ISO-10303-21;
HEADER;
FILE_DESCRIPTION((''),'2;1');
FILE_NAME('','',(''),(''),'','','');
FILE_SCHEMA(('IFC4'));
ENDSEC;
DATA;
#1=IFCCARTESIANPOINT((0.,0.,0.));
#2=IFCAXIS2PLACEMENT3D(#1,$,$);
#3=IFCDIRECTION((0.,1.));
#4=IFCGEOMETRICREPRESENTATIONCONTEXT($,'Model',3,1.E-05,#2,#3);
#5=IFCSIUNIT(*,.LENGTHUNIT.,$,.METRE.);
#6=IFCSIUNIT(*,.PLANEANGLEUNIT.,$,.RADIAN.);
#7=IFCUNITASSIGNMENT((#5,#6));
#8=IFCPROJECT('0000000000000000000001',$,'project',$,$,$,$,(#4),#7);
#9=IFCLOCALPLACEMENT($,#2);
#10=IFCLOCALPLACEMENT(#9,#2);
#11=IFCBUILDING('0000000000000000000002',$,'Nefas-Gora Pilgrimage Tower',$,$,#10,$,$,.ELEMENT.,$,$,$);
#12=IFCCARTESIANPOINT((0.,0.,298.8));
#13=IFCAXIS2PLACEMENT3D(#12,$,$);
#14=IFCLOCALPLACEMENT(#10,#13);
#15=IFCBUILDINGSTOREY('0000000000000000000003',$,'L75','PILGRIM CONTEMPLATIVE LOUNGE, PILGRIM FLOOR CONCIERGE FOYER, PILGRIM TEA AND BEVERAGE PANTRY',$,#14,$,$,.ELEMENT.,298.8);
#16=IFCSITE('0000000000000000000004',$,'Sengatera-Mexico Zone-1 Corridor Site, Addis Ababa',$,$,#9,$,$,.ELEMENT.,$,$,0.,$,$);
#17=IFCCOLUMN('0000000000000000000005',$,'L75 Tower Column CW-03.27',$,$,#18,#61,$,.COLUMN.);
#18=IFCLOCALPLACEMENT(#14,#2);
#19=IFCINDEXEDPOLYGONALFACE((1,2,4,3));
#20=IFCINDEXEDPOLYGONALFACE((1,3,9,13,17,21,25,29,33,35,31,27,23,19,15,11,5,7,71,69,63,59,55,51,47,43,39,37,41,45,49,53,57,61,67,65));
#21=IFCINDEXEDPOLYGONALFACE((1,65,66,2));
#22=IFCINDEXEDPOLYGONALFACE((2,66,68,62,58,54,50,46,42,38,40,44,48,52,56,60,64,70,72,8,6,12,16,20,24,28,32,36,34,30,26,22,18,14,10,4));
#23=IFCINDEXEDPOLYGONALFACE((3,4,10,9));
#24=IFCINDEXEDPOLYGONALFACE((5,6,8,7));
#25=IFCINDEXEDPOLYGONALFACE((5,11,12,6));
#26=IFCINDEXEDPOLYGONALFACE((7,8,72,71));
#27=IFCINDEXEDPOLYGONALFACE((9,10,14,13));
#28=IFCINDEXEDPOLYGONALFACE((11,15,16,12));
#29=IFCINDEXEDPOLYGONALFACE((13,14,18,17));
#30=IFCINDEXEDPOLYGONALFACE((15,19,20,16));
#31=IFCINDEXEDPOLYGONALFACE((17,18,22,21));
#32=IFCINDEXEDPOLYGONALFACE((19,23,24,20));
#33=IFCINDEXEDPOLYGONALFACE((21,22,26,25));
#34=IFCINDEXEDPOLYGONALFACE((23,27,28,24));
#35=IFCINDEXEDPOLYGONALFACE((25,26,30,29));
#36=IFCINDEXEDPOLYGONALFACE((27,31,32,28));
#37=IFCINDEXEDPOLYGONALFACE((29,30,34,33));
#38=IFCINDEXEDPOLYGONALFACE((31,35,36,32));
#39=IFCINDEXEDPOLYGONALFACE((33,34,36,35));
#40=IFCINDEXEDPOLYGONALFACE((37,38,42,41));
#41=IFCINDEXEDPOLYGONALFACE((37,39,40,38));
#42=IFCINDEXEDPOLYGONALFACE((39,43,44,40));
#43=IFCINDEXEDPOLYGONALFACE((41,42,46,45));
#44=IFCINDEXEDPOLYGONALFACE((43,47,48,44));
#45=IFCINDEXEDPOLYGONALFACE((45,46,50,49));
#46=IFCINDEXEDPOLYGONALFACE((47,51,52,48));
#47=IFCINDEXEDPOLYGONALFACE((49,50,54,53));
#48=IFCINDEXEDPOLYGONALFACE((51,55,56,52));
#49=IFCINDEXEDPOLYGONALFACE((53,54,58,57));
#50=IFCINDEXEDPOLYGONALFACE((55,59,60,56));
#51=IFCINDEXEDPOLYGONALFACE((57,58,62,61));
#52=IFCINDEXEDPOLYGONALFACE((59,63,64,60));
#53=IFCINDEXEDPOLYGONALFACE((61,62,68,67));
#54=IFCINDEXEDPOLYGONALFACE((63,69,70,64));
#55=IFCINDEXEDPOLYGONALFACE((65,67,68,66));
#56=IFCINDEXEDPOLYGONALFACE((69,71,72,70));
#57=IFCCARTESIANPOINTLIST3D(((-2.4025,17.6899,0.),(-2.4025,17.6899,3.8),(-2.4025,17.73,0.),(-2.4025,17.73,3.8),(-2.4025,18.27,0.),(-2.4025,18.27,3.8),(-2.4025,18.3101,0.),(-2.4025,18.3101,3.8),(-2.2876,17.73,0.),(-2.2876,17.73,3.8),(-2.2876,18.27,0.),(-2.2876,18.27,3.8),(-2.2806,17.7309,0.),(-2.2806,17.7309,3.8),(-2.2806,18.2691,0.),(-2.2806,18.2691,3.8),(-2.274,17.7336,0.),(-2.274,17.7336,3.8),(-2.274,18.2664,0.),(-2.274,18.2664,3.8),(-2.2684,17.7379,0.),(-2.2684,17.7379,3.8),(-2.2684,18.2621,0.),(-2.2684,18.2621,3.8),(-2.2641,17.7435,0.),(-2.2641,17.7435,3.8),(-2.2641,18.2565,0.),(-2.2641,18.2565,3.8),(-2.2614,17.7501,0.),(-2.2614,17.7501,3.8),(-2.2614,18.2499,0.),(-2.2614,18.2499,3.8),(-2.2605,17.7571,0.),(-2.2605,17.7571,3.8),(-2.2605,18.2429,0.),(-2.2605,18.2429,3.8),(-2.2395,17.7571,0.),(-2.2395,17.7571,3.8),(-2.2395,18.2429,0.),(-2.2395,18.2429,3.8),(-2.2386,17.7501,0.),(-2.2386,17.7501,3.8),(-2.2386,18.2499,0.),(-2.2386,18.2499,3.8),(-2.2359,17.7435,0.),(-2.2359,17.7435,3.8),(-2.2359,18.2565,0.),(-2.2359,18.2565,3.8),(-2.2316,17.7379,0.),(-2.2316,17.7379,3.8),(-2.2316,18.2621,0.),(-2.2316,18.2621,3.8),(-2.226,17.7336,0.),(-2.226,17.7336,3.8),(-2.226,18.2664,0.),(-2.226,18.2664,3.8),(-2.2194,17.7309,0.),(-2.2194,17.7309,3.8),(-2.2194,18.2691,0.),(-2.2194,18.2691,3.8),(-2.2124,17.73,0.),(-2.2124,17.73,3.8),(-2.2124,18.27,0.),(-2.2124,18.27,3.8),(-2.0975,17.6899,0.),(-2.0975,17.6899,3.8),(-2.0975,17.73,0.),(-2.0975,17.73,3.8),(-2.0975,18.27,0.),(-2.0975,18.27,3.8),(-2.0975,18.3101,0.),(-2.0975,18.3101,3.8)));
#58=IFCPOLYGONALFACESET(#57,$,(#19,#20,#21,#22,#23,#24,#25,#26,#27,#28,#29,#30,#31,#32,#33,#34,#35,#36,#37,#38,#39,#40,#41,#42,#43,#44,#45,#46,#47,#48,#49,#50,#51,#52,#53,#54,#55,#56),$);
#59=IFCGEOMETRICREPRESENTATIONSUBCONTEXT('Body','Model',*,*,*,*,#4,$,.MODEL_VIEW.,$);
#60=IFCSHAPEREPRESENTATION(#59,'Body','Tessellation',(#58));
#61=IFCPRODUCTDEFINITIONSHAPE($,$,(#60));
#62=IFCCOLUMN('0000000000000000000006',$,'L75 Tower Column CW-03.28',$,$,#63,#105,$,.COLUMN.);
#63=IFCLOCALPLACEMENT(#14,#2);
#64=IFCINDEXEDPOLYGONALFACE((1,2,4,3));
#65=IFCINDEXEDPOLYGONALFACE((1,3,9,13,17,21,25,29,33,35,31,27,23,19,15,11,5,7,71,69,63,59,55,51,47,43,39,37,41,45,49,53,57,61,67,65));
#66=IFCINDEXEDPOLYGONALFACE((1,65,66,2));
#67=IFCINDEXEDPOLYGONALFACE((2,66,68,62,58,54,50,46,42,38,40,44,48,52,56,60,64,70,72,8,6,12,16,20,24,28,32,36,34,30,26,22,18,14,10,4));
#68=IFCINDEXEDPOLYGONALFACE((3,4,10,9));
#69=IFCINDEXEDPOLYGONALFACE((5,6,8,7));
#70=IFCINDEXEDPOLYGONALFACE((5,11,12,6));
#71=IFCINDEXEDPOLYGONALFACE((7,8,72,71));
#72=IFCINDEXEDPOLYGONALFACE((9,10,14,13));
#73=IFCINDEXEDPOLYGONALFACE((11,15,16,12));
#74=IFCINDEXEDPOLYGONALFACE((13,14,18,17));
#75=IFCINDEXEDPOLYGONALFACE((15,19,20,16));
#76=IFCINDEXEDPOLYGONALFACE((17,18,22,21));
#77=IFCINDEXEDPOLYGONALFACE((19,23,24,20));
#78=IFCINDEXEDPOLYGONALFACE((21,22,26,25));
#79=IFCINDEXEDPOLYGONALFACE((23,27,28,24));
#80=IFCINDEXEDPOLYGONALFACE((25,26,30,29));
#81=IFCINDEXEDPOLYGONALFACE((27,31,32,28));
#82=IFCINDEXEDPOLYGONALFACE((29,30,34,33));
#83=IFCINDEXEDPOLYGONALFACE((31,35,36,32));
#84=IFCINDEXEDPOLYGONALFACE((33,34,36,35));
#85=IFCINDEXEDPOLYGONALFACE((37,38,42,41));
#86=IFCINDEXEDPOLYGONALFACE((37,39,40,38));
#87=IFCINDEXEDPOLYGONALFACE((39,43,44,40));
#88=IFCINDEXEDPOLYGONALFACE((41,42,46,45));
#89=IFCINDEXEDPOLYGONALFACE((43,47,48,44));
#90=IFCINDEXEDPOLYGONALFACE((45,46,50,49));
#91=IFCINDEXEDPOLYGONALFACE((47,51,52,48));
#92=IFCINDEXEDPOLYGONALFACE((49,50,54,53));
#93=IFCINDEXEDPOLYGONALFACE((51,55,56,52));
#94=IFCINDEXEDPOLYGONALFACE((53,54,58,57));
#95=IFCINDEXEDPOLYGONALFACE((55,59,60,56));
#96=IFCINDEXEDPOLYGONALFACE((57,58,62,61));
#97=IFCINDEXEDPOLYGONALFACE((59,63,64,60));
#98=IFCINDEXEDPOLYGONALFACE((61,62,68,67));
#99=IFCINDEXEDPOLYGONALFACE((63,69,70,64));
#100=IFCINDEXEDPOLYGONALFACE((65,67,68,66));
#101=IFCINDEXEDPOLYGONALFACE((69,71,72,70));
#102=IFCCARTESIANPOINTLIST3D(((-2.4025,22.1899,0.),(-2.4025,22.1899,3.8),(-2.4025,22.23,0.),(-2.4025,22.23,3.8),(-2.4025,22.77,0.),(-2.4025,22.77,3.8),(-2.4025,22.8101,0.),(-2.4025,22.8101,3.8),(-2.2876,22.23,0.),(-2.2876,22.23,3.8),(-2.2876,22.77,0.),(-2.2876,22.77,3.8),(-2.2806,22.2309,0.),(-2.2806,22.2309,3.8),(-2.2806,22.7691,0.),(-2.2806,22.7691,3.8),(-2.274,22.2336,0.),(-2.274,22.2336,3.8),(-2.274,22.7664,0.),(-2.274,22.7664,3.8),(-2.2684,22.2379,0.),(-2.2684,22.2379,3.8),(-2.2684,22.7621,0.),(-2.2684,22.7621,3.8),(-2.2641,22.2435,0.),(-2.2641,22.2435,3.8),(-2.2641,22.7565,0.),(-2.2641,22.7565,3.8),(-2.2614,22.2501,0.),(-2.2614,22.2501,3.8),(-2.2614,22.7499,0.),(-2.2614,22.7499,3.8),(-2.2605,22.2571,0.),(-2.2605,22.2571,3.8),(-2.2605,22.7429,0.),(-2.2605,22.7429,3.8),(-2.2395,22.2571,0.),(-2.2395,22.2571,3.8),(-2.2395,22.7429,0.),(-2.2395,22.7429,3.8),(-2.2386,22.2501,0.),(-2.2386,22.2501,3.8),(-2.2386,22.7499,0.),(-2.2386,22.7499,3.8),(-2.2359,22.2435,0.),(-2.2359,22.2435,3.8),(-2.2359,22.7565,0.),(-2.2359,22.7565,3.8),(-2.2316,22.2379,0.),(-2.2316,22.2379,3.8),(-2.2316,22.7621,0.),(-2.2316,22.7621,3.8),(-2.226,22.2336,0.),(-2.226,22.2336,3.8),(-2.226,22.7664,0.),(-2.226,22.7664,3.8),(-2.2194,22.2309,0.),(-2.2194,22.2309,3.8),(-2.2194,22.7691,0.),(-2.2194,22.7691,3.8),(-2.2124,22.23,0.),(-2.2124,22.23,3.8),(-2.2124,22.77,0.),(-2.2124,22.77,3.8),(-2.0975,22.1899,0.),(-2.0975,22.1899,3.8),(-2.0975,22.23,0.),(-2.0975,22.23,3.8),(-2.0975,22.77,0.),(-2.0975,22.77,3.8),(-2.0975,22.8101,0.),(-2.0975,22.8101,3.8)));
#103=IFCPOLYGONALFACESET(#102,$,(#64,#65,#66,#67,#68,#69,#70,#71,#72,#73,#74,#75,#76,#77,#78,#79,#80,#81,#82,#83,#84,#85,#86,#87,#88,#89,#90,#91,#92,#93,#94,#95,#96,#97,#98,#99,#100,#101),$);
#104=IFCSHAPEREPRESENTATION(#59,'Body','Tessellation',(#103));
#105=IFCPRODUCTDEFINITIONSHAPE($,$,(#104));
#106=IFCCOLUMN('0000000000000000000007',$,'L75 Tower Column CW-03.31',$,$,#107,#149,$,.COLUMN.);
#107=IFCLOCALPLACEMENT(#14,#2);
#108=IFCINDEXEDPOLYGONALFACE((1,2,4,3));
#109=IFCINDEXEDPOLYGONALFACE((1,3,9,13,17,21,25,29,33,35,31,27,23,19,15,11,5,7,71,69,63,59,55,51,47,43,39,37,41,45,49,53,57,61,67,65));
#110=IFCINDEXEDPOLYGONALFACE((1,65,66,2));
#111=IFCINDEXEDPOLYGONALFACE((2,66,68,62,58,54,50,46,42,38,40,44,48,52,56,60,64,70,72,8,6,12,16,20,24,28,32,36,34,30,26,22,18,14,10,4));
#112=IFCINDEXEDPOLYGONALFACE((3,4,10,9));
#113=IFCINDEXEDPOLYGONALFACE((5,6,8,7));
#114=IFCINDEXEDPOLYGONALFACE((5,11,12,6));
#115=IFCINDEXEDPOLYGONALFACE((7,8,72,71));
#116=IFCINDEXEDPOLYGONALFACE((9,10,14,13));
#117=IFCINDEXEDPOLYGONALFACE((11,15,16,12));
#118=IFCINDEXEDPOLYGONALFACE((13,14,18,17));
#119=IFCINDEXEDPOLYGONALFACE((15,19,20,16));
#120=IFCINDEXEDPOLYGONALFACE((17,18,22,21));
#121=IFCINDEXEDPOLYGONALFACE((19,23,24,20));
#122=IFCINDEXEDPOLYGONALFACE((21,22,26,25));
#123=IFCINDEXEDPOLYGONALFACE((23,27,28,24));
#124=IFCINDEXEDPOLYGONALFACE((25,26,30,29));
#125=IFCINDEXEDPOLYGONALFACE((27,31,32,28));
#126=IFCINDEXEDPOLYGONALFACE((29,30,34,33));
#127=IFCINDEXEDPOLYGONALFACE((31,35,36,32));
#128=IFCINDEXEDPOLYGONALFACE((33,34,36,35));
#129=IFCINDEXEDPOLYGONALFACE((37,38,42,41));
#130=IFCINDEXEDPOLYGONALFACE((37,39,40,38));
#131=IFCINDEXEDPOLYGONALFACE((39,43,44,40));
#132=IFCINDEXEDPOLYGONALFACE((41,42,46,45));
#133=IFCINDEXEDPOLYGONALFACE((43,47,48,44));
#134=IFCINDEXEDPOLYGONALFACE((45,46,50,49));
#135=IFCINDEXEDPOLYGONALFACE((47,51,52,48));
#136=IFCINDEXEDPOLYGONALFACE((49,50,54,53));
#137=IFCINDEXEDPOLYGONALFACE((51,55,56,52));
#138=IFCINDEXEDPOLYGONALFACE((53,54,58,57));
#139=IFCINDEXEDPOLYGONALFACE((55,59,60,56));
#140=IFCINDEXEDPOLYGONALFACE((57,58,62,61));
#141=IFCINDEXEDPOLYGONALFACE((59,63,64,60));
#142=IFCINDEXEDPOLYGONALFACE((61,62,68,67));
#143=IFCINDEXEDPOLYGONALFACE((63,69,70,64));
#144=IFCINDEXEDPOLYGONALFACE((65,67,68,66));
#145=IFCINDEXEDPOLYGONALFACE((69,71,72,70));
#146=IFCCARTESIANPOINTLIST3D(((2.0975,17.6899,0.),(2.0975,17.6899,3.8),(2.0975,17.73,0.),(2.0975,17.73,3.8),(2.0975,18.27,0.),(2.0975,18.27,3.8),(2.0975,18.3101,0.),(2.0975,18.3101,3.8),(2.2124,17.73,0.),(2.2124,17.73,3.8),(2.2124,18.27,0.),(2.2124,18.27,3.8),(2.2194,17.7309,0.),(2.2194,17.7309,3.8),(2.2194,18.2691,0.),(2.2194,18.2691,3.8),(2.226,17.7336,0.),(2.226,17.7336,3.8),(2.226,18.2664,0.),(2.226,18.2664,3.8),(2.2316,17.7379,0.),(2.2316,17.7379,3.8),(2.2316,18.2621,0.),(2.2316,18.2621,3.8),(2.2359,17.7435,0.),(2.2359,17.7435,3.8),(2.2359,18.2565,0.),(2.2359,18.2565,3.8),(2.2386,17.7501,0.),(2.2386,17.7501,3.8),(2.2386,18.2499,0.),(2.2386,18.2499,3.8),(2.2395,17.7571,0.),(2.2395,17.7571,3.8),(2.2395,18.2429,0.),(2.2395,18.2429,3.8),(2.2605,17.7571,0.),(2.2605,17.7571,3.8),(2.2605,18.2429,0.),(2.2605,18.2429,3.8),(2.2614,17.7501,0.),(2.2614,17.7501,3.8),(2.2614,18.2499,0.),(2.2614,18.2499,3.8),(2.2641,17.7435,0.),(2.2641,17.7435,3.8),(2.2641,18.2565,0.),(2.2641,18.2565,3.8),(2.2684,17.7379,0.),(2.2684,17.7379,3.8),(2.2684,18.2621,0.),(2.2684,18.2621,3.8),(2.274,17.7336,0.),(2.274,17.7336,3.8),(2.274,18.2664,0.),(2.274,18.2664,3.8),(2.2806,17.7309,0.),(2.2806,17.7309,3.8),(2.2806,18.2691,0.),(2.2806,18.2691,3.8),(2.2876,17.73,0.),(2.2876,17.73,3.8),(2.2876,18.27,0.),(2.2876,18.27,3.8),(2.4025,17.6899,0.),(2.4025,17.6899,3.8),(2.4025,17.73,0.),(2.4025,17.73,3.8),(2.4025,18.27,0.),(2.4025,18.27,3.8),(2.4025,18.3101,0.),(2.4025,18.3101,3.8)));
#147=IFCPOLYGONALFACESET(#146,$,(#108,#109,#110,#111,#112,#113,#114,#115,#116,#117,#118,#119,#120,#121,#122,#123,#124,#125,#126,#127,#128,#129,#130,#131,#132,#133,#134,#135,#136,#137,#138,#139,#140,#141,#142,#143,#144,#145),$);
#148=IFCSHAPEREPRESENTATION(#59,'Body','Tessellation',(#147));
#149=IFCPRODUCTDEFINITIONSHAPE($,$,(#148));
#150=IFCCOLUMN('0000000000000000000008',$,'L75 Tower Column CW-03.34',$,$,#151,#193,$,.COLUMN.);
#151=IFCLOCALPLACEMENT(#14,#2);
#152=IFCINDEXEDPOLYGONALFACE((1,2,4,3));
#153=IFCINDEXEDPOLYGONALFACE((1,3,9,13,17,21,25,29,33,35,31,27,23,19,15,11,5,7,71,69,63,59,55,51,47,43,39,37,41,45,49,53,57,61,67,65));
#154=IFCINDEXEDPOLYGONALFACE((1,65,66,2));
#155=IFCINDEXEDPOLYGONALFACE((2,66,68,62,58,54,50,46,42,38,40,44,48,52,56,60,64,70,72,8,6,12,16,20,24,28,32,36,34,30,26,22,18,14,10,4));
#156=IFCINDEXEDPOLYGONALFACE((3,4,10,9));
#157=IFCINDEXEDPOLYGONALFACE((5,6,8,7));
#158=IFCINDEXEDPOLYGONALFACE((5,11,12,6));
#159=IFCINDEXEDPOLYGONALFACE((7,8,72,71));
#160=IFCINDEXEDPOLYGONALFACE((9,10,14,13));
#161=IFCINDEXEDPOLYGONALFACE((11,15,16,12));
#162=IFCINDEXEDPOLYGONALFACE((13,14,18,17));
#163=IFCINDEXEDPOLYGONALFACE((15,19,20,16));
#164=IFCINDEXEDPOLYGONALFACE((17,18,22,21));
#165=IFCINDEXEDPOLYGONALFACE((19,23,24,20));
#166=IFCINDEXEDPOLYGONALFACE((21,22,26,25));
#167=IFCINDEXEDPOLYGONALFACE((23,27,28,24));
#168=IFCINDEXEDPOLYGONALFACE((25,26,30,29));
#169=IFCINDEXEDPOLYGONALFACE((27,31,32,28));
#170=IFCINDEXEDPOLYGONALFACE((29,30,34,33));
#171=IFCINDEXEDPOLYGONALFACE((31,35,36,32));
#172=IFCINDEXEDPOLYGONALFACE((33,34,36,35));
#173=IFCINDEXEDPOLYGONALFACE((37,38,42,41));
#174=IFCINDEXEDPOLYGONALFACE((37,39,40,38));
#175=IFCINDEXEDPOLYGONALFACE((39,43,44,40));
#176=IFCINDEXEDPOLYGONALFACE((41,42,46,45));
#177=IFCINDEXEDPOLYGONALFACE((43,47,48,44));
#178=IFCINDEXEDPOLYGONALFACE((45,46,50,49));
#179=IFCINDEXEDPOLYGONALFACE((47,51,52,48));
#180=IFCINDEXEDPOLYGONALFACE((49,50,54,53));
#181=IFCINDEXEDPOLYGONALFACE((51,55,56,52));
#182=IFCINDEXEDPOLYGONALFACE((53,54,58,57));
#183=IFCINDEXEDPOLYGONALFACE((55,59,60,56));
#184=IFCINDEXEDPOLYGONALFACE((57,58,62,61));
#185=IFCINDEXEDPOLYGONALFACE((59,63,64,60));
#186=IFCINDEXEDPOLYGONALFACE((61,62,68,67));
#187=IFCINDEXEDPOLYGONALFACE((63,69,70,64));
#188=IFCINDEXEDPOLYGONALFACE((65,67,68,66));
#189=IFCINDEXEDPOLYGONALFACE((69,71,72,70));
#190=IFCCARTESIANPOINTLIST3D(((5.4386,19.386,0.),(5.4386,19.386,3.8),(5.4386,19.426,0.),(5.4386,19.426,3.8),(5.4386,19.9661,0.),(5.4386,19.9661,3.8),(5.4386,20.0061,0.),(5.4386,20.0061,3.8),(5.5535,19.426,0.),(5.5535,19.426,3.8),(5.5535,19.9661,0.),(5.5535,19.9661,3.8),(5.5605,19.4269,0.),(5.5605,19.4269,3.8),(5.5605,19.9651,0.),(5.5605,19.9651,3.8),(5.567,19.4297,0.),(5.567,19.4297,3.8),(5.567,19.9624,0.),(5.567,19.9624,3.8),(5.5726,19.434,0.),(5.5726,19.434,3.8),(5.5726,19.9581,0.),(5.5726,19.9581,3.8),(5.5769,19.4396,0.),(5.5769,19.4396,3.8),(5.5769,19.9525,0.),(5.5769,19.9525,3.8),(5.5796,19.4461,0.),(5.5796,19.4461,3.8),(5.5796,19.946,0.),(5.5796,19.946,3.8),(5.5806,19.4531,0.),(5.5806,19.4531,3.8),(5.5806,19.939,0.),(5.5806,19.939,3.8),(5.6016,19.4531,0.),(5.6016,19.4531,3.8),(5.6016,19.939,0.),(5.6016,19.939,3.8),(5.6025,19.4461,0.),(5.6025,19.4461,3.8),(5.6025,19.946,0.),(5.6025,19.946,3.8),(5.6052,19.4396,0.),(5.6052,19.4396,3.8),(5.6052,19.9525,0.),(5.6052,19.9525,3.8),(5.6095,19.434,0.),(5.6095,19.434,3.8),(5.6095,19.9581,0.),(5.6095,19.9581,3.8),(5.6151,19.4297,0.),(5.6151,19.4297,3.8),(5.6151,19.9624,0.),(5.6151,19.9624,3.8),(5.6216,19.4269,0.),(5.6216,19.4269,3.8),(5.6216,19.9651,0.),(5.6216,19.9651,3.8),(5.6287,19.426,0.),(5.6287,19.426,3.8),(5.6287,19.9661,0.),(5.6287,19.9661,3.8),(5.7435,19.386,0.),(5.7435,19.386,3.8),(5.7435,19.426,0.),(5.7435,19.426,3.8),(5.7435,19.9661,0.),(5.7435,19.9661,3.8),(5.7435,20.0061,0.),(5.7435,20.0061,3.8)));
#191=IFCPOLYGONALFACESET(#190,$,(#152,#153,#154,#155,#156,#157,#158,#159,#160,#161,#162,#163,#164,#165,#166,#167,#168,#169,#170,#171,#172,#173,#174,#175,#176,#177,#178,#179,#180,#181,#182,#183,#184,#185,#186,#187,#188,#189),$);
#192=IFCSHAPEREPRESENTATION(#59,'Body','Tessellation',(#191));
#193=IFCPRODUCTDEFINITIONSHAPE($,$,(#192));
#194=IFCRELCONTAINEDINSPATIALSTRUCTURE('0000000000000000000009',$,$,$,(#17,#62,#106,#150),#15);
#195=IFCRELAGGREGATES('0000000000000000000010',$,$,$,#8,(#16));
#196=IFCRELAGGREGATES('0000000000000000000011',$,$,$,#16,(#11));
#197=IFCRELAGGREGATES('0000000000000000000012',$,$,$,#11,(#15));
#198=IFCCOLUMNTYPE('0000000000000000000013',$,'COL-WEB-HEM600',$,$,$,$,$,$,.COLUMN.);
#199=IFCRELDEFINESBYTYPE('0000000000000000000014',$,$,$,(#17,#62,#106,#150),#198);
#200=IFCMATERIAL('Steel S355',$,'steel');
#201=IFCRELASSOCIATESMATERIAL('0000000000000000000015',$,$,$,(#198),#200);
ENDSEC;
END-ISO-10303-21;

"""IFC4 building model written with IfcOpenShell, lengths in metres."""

from ifc_helpers import new_model, si_unit, direction, frame, origin, origin_2d, place, context, subcontext, project, spatial, i_section, extrude, source, transform, mapped, material, material_profile, profile_set, type_object, element, save


model = new_model("IFC4")

# Units and contexts
model_context = context("Model", 3, precision=1e-05, world=origin(), true_north=direction((0.0, 1.0)))
body_context = subcontext(model_context, "Body", "Model", "MODEL_VIEW")
ifc_project = project(units=[si_unit("LENGTHUNIT", "METRE"), si_unit("PLANEANGLEUNIT", "RADIAN")], contexts=[model_context])

# Site, building, storey
site_placement = place(None, origin())
site = spatial("IfcSite", under=ifc_project, at=site_placement, Name="Sengatera-Mexico Zone-1 Corridor Site, Addis Ababa", CompositionType="ELEMENT", RefElevation=0.0)
building_placement = place(site_placement, origin())
building = spatial("IfcBuilding", under=site, at=building_placement, Name="Nefas-Gora Pilgrimage Tower", CompositionType="ELEMENT")
storey_placement = place(building_placement, frame((0.0, 0.0, 298.8)))
storey = spatial("IfcBuildingStorey", under=building, at=storey_placement, Name="L75", Description="PILGRIM CONTEMPLATIVE LOUNGE, PILGRIM FLOOR CONCIERGE FOYER, PILGRIM TEA AND BEVERAGE PANTRY", CompositionType="ELEMENT", Elevation=298.8)

# Columns
ifc_material_1 = material(Name="Steel S355", Category="steel")
ifc_material_profile_1 = material_profile(ifc_material_1, i_section(OverallWidth=0.3049, OverallDepth=0.6201, WebThickness=0.021, FlangeThickness=0.04, FilletRadius=0.0271, at=origin_2d()), Name="HEM 600")
ifc_profile_set_1 = profile_set([ifc_material_profile_1], Name="Steel S355")
column_type_1 = type_object("IfcColumnType", Name="COL-WEB-HEM600", PredefinedType="COLUMN", material=ifc_profile_set_1)
shared_shape_1 = source(origin(), body_context, "Body", "SweptSolid", [
    extrude(i_section(OverallWidth=0.3049, OverallDepth=0.6201, WebThickness=0.021, FlangeThickness=0.04, FilletRadius=0.0271, at=origin_2d()), origin(), (0.0, 0.0, 1.0), 3.8),
])
for number, where, z_axis, x_axis, name in (
    (1, (-2.25, 18.0, 0.0), (0.0, 0.0, 1.0), (1.0, 0.0, 0.0), "L75 Tower Column CW-03.27"),
    (2, (-2.25, 22.5, 0.0), (0.0, 0.0, 1.0), (1.0, 0.0, 0.0), "L75 Tower Column CW-03.28"),
    (3, (2.25, 18.0, 0.0), (0.0, 0.0, 1.0), (1.0, 0.0, 0.0), "L75 Tower Column CW-03.31"),
    (4, (5.5911, 19.696, 0.0), (0.0, 0.0, 1.0), (1.0, 0.0, 0.0), "L75 Tower Column CW-03.34"),
):
    element("IfcColumn", number, at=place(storey_placement, frame(where, z_axis=z_axis, x_axis=x_axis)), inside=storey, type_object=column_type_1, Name=name, PredefinedType="COLUMN", context=body_context, shape_type="MappedRepresentation", body=[
        mapped(shared_shape_1, transform((0.0, 0.0, 0.0), x_axis=(1.0, 0.0, 0.0), y_axis=(0.0, 1.0, 0.0), z_axis=(0.0, 0.0, 1.0), scale=1.0)),
    ])

save(model, "model.ifc")
